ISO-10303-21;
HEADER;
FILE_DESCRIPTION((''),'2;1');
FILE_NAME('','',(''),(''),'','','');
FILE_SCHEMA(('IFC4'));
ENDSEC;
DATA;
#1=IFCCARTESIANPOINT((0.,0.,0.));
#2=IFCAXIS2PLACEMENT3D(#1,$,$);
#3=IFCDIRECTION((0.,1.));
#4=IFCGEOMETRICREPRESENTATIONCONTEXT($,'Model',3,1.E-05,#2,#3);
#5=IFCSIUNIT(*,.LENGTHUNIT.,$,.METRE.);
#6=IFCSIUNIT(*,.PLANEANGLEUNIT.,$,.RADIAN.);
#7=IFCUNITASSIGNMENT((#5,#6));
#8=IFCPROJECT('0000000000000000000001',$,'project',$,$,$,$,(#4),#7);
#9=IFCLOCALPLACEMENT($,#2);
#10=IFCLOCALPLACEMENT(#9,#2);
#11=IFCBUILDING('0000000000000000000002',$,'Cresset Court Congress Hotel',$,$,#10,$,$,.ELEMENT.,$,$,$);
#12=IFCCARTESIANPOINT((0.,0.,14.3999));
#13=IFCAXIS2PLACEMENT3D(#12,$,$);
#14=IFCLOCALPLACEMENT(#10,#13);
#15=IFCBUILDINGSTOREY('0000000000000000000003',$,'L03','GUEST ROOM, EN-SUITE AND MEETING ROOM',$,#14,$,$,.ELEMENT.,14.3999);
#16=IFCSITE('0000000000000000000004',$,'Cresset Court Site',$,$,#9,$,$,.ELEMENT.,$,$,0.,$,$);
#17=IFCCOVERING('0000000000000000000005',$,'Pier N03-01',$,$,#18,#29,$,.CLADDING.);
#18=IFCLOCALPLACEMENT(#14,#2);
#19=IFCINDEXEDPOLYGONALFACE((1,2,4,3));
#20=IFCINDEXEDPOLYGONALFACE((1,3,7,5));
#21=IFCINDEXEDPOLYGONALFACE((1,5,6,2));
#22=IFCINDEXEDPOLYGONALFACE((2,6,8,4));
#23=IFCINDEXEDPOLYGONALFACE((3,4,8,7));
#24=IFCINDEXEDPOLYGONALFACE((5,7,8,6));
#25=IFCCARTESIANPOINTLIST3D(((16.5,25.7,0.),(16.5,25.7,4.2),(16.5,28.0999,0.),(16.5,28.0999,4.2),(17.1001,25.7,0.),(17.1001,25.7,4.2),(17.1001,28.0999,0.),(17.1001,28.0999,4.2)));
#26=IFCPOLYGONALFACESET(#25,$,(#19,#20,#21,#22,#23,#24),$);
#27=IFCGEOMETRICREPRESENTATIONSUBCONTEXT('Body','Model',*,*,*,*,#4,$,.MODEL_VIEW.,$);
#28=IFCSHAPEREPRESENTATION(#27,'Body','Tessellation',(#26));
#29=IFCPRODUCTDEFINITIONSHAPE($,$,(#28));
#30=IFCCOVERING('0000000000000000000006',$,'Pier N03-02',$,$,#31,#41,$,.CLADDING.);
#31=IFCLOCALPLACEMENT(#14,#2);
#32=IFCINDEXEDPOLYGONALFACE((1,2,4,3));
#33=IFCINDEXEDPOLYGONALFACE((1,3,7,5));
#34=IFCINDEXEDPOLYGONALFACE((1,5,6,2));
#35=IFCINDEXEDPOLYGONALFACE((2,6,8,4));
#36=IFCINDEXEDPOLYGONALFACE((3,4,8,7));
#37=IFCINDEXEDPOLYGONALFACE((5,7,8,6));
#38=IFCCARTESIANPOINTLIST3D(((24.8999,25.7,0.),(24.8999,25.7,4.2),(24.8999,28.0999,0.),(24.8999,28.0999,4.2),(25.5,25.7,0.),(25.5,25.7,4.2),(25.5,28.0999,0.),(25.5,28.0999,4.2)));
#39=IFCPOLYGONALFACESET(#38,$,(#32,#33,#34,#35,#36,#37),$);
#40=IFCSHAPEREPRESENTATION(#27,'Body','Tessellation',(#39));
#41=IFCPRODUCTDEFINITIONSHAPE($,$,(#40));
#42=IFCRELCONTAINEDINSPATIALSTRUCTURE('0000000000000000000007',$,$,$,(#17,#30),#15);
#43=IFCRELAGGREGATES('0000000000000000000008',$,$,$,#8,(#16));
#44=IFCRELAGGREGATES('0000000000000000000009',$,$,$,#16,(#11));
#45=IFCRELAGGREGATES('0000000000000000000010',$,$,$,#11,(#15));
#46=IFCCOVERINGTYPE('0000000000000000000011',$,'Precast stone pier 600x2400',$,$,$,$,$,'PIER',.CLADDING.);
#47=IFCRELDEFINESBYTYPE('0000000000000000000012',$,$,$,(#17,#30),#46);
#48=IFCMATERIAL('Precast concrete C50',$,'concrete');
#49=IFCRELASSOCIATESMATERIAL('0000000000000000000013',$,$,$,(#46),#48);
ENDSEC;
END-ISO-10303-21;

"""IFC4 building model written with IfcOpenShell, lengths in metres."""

from ifc_helpers import new_model, si_unit, direction, frame, origin, origin_2d, place, context, subcontext, project, spatial, rectangle, extrude, material, type_object, element, save


model = new_model("IFC4")

# Units and contexts
model_context = context("Model", 3, precision=1e-05, world=origin(), true_north=direction((0.0, 1.0)))
body_context = subcontext(model_context, "Body", "Model", "MODEL_VIEW")
ifc_project = project(units=[si_unit("LENGTHUNIT", "METRE"), si_unit("PLANEANGLEUNIT", "RADIAN")], contexts=[model_context])

# Site, building, storey
site_placement = place(None, origin())
site = spatial("IfcSite", under=ifc_project, at=site_placement, Name="Cresset Court Site", CompositionType="ELEMENT", RefElevation=0.0)
building_placement = place(site_placement, origin())
building = spatial("IfcBuilding", under=site, at=building_placement, Name="Cresset Court Congress Hotel", CompositionType="ELEMENT")
storey_placement = place(building_placement, frame((0.0, 0.0, 14.3999)))
storey = spatial("IfcBuildingStorey", under=building, at=storey_placement, Name="L03", Description="GUEST ROOM, EN-SUITE AND MEETING ROOM", CompositionType="ELEMENT", Elevation=14.3999)

# Coverings
ifc_material_1 = material(Name="Precast concrete C50", Category="concrete")
covering_type = type_object("IfcCoveringType", Name="Precast stone pier 600x2400", ElementType="PIER", PredefinedType="CLADDING", material=ifc_material_1)
for number, where, z_axis, x_axis, name in (
    (1, (16.8, 26.8999, 0.0), (0.0, 0.0, 1.0), (1.0, 0.0, 0.0), "Pier N03-01"),
    (2, (25.2, 26.8999, 0.0), (0.0, 0.0, 1.0), (1.0, 0.0, 0.0), "Pier N03-02"),
):
    element("IfcCovering", number, at=place(storey_placement, frame(where, z_axis=z_axis, x_axis=x_axis)), inside=storey, type_object=covering_type, Name=name, PredefinedType="CLADDING", context=body_context, shape_type="SweptSolid", body=[
        extrude(rectangle(XDim=0.6001, YDim=2.3999, at=origin_2d()), origin(), (0.0, 0.0, 1.0), 4.2),
    ])

save(model, "model.ifc")
